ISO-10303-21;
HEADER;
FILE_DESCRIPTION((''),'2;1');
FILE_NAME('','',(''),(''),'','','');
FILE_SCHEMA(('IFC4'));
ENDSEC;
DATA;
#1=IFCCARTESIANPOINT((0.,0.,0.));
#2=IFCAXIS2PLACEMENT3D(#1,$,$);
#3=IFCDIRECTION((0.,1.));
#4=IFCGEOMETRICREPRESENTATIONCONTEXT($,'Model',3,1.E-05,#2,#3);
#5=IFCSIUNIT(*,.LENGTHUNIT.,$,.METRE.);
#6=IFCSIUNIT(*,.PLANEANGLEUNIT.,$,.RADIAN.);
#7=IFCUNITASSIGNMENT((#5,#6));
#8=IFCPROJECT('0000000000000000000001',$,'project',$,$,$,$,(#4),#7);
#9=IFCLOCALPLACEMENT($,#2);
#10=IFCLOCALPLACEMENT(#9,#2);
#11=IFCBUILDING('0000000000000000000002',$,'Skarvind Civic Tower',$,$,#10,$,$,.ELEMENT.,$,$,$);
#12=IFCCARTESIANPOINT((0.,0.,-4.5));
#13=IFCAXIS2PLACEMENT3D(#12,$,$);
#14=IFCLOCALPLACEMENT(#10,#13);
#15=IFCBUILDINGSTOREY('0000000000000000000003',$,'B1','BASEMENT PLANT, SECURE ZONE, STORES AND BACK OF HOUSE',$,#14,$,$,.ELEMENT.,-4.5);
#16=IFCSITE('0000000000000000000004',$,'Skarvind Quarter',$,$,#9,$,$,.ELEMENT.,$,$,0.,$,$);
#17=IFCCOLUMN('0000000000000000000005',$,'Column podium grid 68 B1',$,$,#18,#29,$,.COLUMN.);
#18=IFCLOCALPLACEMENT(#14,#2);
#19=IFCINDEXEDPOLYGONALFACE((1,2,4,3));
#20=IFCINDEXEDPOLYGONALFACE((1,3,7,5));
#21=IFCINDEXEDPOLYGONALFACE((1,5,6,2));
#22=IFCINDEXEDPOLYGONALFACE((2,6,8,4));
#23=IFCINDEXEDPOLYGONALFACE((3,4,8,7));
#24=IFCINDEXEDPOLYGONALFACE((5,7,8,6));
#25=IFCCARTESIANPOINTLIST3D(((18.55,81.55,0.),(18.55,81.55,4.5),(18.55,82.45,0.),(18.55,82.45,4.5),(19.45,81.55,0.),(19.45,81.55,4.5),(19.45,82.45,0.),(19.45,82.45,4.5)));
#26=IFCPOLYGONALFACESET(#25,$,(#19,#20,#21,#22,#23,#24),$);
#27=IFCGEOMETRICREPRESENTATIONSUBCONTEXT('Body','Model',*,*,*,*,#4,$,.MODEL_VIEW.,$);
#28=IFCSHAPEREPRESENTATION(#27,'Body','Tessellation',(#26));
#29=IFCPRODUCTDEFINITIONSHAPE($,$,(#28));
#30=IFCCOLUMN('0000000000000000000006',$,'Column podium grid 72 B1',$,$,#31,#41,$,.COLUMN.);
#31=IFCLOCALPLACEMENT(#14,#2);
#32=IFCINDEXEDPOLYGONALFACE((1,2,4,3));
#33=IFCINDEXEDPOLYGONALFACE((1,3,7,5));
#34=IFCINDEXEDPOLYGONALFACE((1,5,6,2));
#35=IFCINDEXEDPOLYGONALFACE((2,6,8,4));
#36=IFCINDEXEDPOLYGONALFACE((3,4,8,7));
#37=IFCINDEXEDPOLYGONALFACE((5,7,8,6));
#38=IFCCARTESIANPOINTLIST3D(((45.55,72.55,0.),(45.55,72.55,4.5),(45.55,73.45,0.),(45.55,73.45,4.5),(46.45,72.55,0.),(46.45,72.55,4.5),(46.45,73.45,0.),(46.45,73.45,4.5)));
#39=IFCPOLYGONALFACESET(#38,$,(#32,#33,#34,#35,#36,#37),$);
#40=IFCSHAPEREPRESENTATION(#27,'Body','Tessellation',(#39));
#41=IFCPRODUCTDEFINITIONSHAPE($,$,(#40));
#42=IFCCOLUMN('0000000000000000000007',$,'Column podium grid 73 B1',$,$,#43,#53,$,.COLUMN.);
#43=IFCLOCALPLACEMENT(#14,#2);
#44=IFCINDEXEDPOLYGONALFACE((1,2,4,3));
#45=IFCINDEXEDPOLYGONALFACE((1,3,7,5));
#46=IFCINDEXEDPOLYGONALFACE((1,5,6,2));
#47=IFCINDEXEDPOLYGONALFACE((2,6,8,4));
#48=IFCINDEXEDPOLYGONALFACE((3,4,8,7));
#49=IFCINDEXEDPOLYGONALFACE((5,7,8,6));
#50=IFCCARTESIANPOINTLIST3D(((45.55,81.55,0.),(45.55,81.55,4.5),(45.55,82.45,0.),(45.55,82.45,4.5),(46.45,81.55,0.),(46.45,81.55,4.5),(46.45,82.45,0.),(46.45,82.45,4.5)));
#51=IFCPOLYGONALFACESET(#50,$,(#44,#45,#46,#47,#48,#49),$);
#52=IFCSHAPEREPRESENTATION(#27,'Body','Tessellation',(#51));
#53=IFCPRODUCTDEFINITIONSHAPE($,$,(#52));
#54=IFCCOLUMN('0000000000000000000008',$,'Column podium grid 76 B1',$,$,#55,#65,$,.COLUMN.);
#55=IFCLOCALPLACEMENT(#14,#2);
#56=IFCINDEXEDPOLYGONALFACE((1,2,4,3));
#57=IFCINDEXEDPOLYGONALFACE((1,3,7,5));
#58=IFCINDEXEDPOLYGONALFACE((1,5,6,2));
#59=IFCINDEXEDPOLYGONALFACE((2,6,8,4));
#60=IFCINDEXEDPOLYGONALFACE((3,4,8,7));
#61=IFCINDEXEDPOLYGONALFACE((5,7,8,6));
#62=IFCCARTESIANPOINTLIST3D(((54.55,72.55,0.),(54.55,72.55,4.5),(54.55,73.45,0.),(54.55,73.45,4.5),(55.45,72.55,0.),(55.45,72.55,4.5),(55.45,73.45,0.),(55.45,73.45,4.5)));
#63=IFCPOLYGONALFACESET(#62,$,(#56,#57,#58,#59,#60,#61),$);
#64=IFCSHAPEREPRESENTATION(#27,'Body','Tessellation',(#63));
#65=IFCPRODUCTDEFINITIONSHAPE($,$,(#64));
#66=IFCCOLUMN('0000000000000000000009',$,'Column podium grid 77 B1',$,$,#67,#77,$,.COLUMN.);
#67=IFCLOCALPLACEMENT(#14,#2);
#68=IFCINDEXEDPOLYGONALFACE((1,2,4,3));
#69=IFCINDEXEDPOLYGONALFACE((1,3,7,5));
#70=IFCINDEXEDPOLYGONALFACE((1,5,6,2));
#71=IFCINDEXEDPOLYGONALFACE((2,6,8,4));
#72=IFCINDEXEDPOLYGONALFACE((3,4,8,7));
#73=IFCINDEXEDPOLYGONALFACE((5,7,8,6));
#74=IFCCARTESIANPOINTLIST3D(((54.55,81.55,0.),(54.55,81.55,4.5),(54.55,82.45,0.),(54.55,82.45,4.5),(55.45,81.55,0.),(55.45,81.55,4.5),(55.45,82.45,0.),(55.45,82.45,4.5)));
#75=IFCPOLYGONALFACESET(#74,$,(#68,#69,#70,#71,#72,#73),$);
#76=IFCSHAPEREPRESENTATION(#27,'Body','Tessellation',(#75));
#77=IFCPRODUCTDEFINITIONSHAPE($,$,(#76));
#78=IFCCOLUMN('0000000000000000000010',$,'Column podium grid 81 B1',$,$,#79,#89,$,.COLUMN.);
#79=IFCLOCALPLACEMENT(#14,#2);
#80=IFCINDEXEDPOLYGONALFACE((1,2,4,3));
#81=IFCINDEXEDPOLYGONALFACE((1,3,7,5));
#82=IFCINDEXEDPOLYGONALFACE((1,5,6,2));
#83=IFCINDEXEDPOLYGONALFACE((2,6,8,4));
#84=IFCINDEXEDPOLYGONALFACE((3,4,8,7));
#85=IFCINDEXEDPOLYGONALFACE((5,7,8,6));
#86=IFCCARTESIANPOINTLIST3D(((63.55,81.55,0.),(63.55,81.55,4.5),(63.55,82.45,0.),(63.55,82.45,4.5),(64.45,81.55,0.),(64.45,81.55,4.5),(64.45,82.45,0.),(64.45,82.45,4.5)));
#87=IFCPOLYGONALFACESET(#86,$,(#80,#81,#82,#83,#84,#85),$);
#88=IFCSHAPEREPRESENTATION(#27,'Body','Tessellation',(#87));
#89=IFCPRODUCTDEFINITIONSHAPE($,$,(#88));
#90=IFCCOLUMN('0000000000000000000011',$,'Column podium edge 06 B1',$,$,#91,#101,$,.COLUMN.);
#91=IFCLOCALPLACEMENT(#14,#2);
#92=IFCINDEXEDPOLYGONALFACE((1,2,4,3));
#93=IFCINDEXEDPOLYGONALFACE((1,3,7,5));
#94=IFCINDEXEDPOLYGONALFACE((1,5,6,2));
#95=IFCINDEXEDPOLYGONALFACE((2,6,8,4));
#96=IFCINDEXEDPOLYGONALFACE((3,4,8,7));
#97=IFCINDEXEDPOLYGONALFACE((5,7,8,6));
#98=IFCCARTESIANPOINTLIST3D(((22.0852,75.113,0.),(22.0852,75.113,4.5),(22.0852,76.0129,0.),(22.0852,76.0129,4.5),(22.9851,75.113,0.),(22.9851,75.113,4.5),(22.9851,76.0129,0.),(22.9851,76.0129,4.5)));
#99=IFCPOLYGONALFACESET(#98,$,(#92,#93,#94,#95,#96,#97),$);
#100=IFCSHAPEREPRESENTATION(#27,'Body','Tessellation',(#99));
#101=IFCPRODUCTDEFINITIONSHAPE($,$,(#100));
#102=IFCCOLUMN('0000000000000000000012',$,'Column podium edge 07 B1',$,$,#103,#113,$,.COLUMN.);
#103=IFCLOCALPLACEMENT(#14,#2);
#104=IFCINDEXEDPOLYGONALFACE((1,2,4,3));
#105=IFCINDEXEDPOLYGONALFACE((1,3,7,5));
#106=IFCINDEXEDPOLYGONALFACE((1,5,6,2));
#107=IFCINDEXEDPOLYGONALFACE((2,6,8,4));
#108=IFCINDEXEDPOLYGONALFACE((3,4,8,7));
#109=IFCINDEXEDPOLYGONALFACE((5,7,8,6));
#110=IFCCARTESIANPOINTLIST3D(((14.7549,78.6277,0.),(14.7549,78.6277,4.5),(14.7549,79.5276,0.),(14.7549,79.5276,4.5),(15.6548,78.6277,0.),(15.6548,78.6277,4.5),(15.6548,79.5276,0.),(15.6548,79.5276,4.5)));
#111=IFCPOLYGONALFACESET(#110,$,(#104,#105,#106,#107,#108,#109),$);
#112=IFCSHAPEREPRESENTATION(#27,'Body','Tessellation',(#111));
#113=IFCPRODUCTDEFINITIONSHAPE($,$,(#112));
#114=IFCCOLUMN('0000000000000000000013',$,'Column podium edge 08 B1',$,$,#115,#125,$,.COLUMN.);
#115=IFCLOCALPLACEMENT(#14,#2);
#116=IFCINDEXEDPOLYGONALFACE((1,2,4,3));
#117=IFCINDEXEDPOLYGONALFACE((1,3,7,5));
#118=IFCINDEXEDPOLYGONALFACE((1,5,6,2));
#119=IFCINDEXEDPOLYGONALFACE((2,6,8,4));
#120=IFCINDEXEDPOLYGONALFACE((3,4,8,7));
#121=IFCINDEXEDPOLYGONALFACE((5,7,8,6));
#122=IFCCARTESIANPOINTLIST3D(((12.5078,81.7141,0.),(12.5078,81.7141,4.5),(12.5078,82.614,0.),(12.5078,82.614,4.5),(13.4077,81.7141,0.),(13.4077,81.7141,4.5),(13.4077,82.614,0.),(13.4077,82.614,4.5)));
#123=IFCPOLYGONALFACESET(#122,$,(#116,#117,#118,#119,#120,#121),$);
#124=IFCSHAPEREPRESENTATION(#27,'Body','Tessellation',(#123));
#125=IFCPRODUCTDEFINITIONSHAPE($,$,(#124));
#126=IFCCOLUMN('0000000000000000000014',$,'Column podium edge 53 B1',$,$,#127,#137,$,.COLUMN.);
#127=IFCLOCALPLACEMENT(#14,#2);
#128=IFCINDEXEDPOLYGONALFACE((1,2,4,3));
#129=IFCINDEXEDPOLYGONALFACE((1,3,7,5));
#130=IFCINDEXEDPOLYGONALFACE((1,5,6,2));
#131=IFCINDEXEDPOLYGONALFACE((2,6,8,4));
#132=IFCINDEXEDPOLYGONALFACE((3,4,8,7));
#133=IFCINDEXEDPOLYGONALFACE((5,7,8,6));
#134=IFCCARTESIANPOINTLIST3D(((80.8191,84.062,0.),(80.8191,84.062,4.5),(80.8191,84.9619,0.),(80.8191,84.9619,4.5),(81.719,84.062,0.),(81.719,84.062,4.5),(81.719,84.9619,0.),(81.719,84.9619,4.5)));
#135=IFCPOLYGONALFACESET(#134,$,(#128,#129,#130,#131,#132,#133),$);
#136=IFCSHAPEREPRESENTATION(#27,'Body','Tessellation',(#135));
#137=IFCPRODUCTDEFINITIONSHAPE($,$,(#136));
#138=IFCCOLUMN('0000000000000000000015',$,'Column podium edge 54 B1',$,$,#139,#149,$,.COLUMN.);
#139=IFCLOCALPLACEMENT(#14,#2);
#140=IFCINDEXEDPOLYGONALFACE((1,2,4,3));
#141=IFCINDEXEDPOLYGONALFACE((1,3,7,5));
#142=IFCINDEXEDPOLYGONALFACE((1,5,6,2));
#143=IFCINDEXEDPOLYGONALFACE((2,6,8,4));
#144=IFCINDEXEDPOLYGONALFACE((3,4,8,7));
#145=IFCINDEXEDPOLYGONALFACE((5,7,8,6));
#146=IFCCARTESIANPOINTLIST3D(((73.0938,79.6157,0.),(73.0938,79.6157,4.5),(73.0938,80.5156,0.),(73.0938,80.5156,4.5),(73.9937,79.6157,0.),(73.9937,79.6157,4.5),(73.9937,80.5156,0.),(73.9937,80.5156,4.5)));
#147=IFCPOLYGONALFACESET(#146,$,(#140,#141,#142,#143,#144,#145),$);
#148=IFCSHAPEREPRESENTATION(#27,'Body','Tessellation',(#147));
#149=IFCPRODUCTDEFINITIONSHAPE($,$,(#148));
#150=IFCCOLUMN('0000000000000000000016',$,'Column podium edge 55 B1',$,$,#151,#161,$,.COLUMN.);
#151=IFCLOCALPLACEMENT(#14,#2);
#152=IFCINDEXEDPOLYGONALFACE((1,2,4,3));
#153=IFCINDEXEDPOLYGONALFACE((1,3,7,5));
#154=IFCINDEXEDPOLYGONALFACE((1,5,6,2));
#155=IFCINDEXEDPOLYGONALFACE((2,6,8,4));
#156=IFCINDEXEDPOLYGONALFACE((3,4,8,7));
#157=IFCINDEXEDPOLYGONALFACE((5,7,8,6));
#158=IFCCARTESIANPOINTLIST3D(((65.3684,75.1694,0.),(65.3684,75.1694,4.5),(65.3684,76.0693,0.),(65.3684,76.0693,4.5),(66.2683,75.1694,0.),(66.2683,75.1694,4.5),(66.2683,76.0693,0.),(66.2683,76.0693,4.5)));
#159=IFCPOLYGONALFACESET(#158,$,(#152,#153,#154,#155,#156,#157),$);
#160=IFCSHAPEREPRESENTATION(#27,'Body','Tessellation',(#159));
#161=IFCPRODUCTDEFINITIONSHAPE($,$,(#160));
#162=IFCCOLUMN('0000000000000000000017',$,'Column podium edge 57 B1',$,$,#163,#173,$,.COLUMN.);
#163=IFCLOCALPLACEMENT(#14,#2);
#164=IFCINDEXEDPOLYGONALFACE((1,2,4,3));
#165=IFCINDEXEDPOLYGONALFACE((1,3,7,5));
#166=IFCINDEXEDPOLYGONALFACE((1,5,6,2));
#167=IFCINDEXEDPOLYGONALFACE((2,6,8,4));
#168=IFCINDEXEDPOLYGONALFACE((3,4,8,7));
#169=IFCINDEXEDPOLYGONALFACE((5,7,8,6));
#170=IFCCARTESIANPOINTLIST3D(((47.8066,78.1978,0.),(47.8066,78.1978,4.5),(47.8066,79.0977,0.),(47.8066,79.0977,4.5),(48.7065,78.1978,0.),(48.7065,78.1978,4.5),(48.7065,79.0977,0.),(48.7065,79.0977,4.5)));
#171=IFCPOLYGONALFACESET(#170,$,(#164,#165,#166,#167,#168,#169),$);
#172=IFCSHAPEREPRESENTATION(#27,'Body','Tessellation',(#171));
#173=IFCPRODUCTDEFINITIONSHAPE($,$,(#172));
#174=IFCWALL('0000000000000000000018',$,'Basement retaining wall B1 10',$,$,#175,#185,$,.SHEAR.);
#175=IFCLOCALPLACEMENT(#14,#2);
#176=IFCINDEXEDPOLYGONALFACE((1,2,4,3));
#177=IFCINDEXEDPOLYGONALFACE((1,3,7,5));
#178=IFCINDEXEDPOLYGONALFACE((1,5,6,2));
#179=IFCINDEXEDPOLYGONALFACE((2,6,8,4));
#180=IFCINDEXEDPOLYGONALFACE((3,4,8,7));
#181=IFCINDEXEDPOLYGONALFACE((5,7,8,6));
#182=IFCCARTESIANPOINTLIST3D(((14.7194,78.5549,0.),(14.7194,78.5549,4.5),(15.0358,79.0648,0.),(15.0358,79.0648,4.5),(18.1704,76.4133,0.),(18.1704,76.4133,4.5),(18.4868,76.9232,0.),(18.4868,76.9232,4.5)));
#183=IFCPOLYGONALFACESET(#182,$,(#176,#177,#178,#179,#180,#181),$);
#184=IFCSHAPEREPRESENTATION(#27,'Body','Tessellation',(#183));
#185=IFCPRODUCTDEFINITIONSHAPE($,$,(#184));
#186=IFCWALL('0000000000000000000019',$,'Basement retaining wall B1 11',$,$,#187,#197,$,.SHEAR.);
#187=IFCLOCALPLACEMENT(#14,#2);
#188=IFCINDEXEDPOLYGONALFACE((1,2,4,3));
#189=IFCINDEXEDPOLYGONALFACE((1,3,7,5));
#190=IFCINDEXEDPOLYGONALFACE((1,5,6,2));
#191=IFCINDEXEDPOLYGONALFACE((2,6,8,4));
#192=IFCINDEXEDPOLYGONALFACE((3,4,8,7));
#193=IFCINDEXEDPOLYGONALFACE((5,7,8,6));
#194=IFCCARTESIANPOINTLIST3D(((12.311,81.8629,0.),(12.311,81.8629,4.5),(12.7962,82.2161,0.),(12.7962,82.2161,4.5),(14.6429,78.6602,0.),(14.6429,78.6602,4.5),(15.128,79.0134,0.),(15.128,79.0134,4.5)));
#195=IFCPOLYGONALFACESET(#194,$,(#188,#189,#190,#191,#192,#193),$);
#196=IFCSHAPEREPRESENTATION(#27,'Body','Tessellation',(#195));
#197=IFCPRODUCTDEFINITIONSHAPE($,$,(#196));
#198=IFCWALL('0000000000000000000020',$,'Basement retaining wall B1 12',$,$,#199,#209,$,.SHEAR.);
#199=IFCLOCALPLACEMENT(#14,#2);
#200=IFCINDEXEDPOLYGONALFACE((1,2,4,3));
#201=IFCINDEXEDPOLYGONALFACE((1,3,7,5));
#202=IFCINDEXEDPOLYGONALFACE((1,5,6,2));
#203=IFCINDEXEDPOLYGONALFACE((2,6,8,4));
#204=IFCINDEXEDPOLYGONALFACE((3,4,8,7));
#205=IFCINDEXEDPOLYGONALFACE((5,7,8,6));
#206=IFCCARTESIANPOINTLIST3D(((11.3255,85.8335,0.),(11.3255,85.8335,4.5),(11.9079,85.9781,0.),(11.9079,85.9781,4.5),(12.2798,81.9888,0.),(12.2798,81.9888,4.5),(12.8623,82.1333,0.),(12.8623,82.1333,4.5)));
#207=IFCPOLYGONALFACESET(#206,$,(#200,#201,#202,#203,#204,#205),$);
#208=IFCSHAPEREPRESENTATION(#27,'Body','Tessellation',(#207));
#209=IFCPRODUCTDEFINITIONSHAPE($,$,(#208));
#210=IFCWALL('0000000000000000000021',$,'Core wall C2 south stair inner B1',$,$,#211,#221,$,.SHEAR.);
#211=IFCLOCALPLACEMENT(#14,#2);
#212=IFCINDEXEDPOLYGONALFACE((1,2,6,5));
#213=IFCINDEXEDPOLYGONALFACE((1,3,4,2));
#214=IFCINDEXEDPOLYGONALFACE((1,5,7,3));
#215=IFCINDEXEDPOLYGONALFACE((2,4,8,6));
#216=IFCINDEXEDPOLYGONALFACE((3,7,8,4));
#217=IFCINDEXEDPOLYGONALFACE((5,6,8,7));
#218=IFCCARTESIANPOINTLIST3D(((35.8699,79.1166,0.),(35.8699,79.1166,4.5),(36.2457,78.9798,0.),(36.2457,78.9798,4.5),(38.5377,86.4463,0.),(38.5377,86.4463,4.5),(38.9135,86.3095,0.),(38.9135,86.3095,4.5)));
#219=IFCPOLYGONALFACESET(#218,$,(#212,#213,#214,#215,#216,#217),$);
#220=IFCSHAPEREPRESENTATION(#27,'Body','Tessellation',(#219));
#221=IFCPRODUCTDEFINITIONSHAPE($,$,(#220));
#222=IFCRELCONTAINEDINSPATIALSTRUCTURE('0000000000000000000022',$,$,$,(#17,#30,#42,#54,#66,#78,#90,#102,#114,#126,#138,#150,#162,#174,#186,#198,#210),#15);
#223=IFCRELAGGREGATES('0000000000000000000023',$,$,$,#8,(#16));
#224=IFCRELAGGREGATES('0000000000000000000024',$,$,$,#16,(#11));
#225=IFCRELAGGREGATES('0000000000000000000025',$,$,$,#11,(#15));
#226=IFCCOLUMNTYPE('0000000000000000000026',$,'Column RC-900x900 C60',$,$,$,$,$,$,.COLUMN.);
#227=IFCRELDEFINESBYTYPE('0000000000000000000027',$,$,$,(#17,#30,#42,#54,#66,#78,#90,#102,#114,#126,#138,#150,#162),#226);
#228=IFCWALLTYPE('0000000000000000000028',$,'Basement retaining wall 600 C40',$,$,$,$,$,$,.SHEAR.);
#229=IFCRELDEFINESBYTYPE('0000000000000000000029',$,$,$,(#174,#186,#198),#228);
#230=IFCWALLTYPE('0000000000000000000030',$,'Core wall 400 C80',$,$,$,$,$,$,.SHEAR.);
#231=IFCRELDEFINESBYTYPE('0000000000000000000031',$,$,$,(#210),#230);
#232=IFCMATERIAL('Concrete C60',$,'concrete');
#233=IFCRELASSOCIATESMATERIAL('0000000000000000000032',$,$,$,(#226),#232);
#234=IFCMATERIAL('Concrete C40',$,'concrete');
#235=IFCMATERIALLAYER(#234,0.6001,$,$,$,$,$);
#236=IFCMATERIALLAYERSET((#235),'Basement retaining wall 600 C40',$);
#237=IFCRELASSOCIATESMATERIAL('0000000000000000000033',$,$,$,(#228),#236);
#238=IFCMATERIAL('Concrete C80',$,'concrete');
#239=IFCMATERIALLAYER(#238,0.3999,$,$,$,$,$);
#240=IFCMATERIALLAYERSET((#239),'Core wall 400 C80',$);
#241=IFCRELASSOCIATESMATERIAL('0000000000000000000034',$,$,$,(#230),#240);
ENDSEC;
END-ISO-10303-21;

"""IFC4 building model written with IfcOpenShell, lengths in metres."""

from ifc_helpers import new_model, si_unit, direction, frame, frame_2d, origin, origin_2d, place, context, subcontext, project, spatial, rectangle, extrude, material, layer, layer_set, material_profile, profile_set, type_object, element, save


model = new_model("IFC4")

# Units and contexts
model_context = context("Model", 3, precision=1e-05, world=origin(), true_north=direction((0.0, 1.0)))
body_context = subcontext(model_context, "Body", "Model", "MODEL_VIEW")
ifc_project = project(units=[si_unit("LENGTHUNIT", "METRE"), si_unit("PLANEANGLEUNIT", "RADIAN")], contexts=[model_context])

# Site, building, storey
site_placement = place(None, origin())
site = spatial("IfcSite", under=ifc_project, at=site_placement, Name="Skarvind Quarter", CompositionType="ELEMENT", RefElevation=0.0)
building_placement = place(site_placement, origin())
building = spatial("IfcBuilding", under=site, at=building_placement, Name="Skarvind Civic Tower", CompositionType="ELEMENT")
storey_placement = place(building_placement, frame((0.0, 0.0, -4.5)))
storey = spatial("IfcBuildingStorey", under=building, at=storey_placement, Name="B1", Description="BASEMENT PLANT, SECURE ZONE, STORES AND BACK OF HOUSE", CompositionType="ELEMENT", Elevation=-4.5)

# Columns
ifc_material_1 = material(Name="Concrete C60", Category="concrete")
ifc_material_profile = material_profile(ifc_material_1, rectangle(XDim=0.8999, YDim=0.8999, at=origin_2d()), Name="RC-900x900")
ifc_profile_set = profile_set([ifc_material_profile], Name="Concrete C60")
column_type = type_object("IfcColumnType", Name="Column RC-900x900 C60", PredefinedType="COLUMN", material=ifc_profile_set)
for number, where, z_axis, x_axis, name in (
    (1, (19.0, 82.0, 0.0), (0.0, 0.0, 1.0), (1.0, 0.0, 0.0), "Column podium grid 68 B1"),
    (2, (46.0, 73.0, 0.0), (0.0, 0.0, 1.0), (1.0, 0.0, 0.0), "Column podium grid 72 B1"),
    (3, (46.0, 82.0, 0.0), (0.0, 0.0, 1.0), (1.0, 0.0, 0.0), "Column podium grid 73 B1"),
    (4, (55.0, 73.0, 0.0), (0.0, 0.0, 1.0), (1.0, 0.0, 0.0), "Column podium grid 76 B1"),
    (5, (55.0, 82.0, 0.0), (0.0, 0.0, 1.0), (1.0, 0.0, 0.0), "Column podium grid 77 B1"),
    (6, (64.0, 82.0, 0.0), (0.0, 0.0, 1.0), (1.0, 0.0, 0.0), "Column podium grid 81 B1"),
    (7, (22.5352, 75.563, 0.0), (0.0, 0.0, 1.0), (1.0, 0.0, 0.0), "Column podium edge 06 B1"),
    (8, (15.2048, 79.0776, 0.0), (0.0, 0.0, 1.0), (1.0, 0.0, 0.0), "Column podium edge 07 B1"),
    (9, (12.9578, 82.1641, 0.0), (0.0, 0.0, 1.0), (1.0, 0.0, 0.0), "Column podium edge 08 B1"),
    (10, (81.269, 84.512, 0.0), (0.0, 0.0, 1.0), (1.0, 0.0, 0.0), "Column podium edge 53 B1"),
    (11, (73.5437, 80.0657, 0.0), (0.0, 0.0, 1.0), (1.0, 0.0, 0.0), "Column podium edge 54 B1"),
    (12, (65.8184, 75.6194, 0.0), (0.0, 0.0, 1.0), (1.0, 0.0, 0.0), "Column podium edge 55 B1"),
    (13, (48.2566, 78.6477, 0.0), (0.0, 0.0, 1.0), (1.0, 0.0, 0.0), "Column podium edge 57 B1"),
):
    element("IfcColumn", number, at=place(storey_placement, frame(where, z_axis=z_axis, x_axis=x_axis)), inside=storey, type_object=column_type, Name=name, PredefinedType="COLUMN", context=body_context, shape_type="SweptSolid", body=[
        extrude(rectangle(XDim=0.8999, YDim=0.8999, at=origin_2d()), origin(), (0.0, 0.0, 1.0), 4.5),
    ])

# Walls
ifc_material_2 = material(Name="Concrete C40", Category="concrete")
ifc_layer_1 = layer(ifc_material_2, 0.6001)
ifc_layer_set_1 = layer_set([ifc_layer_1], Name="Basement retaining wall 600 C40")
wall_type_1 = type_object("IfcWallType", Name="Basement retaining wall 600 C40", PredefinedType="SHEAR", material=ifc_layer_set_1)
wall_1_placement = place(storey_placement, frame((18.3286, 76.6682, 0.0), z_axis=(0.0, 0.0, 1.0), x_axis=(-0.849679, 0.5273, 0.0)))
element("IfcWall", 14, at=wall_1_placement, inside=storey, type_object=wall_type_1, Name="Basement retaining wall B1 10", PredefinedType="SHEAR", context=body_context, shape_type="SweptSolid", body=[
    extrude(rectangle(XDim=4.0615, YDim=0.6001, at=frame_2d((2.0308, 0.0))), origin(), (0.0, 0.0, 1.0), 4.5),
])
wall_2_placement = place(storey_placement, frame((14.8855, 78.8367, 0.0), z_axis=(0.0, 0.0, 1.0), x_axis=(-0.5886, 0.808424, 0.0)))
element("IfcWall", 15, at=wall_2_placement, inside=storey, type_object=wall_type_1, Name="Basement retaining wall B1 11", PredefinedType="SHEAR", context=body_context, shape_type="SweptSolid", body=[
    extrude(rectangle(XDim=3.9617, YDim=0.6001, at=frame_2d((1.981, 0.0))), origin(), (0.0, 0.0, 1.0), 4.5),
])
wall_3_placement = place(storey_placement, frame((12.571, 82.061, 0.0), z_axis=(0.0, 0.0, 1.0), x_axis=(-0.240911, 0.970547, 0.0)))
element("IfcWall", 16, at=wall_3_placement, inside=storey, type_object=wall_type_1, Name="Basement retaining wall B1 12", PredefinedType="SHEAR", context=body_context, shape_type="SweptSolid", body=[
    extrude(rectangle(XDim=3.9614, YDim=0.6001, at=frame_2d((1.9807, 0.0))), origin(), (0.0, 0.0, 1.0), 4.5),
])
ifc_material_3 = material(Name="Concrete C80", Category="concrete")
ifc_layer_2 = layer(ifc_material_3, 0.3999)
ifc_layer_set_2 = layer_set([ifc_layer_2], Name="Core wall 400 C80")
wall_type_2 = type_object("IfcWallType", Name="Core wall 400 C80", PredefinedType="SHEAR", material=ifc_layer_set_2)
wall_4_placement = place(storey_placement, frame((36.0579, 79.0483, 0.0), z_axis=(0.0, 0.0, 1.0), x_axis=(0.342017, 0.939694, 0.0)))
element("IfcWall", 17, at=wall_4_placement, inside=storey, type_object=wall_type_2, Name="Core wall C2 south stair inner B1", PredefinedType="SHEAR", context=body_context, shape_type="SweptSolid", body=[
    extrude(rectangle(XDim=7.8, YDim=0.3999, at=frame_2d((3.8999, 0.0))), origin(), (0.0, 0.0, 1.0), 4.5),
])

save(model, "model.ifc")
